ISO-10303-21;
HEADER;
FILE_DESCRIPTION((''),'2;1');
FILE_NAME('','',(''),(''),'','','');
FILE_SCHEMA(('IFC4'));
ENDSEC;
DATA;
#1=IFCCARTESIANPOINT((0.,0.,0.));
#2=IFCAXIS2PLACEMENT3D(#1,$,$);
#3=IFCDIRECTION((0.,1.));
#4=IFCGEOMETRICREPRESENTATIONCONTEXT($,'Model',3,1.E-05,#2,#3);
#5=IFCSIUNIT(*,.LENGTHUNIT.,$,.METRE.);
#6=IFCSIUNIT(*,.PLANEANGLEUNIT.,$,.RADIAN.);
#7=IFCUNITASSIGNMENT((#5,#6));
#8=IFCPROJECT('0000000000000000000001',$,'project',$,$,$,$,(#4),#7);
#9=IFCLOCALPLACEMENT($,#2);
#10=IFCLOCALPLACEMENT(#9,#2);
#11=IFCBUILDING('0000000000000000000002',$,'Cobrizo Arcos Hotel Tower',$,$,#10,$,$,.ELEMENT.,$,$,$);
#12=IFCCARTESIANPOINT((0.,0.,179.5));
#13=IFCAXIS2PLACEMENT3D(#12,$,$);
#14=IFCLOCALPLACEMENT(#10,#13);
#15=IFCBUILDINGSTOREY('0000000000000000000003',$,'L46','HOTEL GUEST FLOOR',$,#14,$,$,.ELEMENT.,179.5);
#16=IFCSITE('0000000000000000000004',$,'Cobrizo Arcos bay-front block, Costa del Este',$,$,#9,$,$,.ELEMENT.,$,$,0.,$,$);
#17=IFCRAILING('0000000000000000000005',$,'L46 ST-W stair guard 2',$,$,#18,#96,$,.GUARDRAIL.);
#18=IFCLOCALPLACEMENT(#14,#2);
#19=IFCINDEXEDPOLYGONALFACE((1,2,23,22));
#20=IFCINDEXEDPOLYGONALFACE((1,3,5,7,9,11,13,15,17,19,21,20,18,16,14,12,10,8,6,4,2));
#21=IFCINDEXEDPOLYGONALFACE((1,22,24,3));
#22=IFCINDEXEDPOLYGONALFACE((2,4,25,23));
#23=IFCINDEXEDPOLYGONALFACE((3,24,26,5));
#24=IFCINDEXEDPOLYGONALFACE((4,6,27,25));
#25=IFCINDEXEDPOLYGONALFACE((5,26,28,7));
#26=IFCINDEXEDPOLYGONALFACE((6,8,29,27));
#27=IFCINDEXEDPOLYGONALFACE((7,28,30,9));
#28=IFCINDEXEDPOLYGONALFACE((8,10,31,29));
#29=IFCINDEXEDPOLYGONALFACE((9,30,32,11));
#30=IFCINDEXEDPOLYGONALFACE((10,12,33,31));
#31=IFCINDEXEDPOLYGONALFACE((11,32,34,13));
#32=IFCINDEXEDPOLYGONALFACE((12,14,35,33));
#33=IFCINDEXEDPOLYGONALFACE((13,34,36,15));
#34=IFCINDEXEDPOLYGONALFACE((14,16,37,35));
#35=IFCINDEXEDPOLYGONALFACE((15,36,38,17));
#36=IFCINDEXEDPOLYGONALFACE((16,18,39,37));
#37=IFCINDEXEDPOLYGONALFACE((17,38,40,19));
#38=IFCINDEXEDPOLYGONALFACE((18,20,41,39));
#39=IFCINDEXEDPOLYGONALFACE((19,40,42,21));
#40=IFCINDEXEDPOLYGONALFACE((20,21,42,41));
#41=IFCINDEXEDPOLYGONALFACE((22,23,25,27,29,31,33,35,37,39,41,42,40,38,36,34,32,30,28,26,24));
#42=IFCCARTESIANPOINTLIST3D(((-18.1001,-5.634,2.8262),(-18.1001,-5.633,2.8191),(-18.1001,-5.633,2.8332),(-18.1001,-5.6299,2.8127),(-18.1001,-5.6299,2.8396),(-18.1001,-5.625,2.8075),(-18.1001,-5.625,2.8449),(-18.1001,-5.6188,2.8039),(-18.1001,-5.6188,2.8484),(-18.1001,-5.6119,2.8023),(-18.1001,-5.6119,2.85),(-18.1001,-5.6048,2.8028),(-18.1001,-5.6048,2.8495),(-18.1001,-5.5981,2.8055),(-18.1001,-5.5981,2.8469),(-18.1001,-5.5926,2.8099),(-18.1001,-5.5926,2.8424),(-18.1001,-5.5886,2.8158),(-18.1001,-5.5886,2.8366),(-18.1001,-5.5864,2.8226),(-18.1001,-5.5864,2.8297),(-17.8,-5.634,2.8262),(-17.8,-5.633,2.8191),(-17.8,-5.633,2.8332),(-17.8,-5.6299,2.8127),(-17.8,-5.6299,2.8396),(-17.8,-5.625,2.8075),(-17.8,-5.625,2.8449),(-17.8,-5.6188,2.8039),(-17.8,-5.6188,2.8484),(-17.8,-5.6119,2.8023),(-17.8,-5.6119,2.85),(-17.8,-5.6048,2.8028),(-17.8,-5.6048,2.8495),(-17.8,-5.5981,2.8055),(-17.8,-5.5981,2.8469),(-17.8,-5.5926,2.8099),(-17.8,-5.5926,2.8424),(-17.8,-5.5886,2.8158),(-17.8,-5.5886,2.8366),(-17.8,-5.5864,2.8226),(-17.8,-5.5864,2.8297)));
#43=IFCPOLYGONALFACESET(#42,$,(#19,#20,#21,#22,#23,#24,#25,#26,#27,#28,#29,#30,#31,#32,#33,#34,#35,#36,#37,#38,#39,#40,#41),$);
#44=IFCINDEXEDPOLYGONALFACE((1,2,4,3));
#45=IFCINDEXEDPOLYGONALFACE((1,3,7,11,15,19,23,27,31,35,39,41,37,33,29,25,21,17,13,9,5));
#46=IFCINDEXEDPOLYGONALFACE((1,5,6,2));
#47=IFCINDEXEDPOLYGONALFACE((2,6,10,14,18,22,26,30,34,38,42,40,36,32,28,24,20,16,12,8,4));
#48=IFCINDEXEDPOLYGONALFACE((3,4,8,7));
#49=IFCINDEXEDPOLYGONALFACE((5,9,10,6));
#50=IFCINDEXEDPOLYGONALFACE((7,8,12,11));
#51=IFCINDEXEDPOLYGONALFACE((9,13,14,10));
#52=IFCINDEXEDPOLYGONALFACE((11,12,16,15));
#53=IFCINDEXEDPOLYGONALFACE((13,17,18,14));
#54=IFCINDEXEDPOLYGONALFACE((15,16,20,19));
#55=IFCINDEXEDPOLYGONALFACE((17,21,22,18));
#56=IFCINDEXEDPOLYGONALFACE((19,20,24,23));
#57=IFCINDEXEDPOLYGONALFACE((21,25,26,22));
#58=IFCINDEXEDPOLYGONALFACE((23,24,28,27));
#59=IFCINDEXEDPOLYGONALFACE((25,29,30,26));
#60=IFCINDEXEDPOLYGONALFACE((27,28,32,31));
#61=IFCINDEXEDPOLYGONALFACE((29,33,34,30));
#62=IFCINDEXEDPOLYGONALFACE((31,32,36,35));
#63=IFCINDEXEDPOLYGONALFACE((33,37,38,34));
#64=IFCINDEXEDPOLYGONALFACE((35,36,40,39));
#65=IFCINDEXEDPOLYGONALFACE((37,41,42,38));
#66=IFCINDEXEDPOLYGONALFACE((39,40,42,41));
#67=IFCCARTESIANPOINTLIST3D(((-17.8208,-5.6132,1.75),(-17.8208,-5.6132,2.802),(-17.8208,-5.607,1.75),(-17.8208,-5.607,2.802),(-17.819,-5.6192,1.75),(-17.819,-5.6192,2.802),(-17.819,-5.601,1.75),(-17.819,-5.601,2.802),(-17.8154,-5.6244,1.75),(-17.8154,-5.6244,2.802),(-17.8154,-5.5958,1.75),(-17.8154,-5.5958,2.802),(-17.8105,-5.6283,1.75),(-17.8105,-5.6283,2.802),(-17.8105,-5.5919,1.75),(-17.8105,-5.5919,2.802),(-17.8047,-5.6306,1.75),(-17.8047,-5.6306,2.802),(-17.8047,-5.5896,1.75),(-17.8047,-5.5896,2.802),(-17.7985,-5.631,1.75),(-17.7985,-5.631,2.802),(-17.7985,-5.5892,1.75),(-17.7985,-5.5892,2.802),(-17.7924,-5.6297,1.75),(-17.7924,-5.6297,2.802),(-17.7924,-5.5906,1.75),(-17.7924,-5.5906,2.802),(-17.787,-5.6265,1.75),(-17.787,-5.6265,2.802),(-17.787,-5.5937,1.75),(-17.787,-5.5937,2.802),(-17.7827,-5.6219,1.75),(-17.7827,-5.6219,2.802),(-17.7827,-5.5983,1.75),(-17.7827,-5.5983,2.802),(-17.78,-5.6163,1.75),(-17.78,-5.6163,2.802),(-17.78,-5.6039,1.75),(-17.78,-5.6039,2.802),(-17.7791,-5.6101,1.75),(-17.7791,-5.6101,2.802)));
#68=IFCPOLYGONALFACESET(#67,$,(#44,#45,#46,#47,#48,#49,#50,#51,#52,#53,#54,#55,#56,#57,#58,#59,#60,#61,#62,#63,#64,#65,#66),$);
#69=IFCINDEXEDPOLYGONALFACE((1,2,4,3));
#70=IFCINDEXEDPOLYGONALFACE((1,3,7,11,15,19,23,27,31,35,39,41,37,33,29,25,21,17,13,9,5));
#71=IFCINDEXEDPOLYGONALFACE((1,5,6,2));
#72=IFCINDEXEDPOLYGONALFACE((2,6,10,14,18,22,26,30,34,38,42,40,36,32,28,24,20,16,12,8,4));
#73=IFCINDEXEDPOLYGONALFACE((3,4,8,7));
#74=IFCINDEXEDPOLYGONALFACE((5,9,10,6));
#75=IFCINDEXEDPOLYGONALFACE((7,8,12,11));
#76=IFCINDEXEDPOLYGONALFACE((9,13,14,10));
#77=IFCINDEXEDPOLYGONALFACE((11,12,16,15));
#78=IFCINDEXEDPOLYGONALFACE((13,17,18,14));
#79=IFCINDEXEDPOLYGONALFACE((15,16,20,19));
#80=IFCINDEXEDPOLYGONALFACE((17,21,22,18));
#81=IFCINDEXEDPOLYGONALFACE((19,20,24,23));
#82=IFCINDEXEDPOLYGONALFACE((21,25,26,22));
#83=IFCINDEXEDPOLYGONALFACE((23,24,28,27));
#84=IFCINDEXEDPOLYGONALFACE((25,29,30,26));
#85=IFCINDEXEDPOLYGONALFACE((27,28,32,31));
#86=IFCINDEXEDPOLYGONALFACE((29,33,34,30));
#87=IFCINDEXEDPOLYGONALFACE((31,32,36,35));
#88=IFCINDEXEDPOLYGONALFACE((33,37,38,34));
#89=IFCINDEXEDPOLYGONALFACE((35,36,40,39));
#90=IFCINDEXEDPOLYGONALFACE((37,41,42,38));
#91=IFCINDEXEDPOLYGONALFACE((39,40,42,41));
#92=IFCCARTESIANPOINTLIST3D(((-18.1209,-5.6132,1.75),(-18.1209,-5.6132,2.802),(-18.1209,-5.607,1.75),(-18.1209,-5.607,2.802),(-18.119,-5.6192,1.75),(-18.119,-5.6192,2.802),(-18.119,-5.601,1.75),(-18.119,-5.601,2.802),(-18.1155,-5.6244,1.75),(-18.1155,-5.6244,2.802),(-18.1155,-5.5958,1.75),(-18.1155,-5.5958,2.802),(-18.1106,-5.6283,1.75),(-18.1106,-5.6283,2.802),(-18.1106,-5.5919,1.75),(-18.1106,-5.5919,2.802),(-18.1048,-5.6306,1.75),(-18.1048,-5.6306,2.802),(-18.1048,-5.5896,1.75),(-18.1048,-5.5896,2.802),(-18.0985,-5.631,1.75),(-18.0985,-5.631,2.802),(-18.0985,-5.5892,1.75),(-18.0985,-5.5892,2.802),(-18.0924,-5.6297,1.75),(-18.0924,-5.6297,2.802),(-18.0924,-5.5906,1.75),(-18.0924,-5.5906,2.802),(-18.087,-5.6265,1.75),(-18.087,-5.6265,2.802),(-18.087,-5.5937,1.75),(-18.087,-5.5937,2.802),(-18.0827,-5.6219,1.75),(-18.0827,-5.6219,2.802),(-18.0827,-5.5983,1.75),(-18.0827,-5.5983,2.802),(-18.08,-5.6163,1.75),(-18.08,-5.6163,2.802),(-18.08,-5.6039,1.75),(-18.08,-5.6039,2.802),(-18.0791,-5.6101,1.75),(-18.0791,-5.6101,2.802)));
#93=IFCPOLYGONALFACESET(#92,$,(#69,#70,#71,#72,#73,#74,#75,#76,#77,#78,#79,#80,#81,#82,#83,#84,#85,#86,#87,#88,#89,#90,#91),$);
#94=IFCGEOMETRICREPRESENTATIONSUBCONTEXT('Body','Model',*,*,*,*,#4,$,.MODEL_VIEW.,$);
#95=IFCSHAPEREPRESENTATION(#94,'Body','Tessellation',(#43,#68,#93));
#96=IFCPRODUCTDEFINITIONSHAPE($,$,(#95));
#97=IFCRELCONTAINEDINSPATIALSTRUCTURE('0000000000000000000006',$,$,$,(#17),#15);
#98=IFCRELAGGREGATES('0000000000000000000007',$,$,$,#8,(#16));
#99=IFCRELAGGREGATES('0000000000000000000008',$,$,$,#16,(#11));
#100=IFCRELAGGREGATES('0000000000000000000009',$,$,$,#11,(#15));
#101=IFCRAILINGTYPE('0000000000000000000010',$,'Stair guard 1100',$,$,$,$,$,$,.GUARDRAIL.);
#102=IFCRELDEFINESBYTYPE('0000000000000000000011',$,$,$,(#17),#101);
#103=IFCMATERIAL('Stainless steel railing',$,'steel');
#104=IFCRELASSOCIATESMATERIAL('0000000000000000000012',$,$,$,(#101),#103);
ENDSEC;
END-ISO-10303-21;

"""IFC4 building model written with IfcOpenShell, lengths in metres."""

from ifc_helpers import new_model, si_unit, direction, frame, origin, origin_2d, place, context, subcontext, project, spatial, circle, extrude, material, type_object, element, save


model = new_model("IFC4")

# Units and contexts
model_context = context("Model", 3, precision=1e-05, world=origin(), true_north=direction((0.0, 1.0)))
body_context = subcontext(model_context, "Body", "Model", "MODEL_VIEW")
ifc_project = project(units=[si_unit("LENGTHUNIT", "METRE"), si_unit("PLANEANGLEUNIT", "RADIAN")], contexts=[model_context])

# Site, building, storey
site_placement = place(None, origin())
site = spatial("IfcSite", under=ifc_project, at=site_placement, Name="Cobrizo Arcos bay-front block, Costa del Este", CompositionType="ELEMENT", RefElevation=0.0)
building_placement = place(site_placement, origin())
building = spatial("IfcBuilding", under=site, at=building_placement, Name="Cobrizo Arcos Hotel Tower", CompositionType="ELEMENT")
storey_placement = place(building_placement, frame((0.0, 0.0, 179.5)))
storey = spatial("IfcBuildingStorey", under=building, at=storey_placement, Name="L46", Description="HOTEL GUEST FLOOR", CompositionType="ELEMENT", Elevation=179.5)

# Railing
ifc_material_1 = material(Name="Stainless steel railing", Category="steel")
railing_type_1 = type_object("IfcRailingType", Name="Stair guard 1100", PredefinedType="GUARDRAIL", material=ifc_material_1)
railing_1_placement = place(storey_placement, frame((-17.8, -5.6101, 1.75)))
element("IfcRailing", 1, at=railing_1_placement, inside=storey, type_object=railing_type_1, Name="L46 ST-W stair guard 2", PredefinedType="GUARDRAIL", context=body_context, shape_type="SweptSolid", body=[
    extrude(circle(Radius=0.0239, at=origin_2d()), frame((0.0, 0.0, 1.0762), z_axis=(-1.0, 0.0, 0.0), x_axis=(0.0, -1.0, 0.0)), (0.0, 0.0, 1.0), 0.3),
    extrude(circle(Radius=0.021, at=origin_2d()), origin(), (0.0, 0.0, 1.0), 1.052),
    extrude(circle(Radius=0.021, at=origin_2d()), frame((-0.3, 0.0, 0.0)), (0.0, 0.0, 1.0), 1.052),
])

save(model, "model.ifc")
